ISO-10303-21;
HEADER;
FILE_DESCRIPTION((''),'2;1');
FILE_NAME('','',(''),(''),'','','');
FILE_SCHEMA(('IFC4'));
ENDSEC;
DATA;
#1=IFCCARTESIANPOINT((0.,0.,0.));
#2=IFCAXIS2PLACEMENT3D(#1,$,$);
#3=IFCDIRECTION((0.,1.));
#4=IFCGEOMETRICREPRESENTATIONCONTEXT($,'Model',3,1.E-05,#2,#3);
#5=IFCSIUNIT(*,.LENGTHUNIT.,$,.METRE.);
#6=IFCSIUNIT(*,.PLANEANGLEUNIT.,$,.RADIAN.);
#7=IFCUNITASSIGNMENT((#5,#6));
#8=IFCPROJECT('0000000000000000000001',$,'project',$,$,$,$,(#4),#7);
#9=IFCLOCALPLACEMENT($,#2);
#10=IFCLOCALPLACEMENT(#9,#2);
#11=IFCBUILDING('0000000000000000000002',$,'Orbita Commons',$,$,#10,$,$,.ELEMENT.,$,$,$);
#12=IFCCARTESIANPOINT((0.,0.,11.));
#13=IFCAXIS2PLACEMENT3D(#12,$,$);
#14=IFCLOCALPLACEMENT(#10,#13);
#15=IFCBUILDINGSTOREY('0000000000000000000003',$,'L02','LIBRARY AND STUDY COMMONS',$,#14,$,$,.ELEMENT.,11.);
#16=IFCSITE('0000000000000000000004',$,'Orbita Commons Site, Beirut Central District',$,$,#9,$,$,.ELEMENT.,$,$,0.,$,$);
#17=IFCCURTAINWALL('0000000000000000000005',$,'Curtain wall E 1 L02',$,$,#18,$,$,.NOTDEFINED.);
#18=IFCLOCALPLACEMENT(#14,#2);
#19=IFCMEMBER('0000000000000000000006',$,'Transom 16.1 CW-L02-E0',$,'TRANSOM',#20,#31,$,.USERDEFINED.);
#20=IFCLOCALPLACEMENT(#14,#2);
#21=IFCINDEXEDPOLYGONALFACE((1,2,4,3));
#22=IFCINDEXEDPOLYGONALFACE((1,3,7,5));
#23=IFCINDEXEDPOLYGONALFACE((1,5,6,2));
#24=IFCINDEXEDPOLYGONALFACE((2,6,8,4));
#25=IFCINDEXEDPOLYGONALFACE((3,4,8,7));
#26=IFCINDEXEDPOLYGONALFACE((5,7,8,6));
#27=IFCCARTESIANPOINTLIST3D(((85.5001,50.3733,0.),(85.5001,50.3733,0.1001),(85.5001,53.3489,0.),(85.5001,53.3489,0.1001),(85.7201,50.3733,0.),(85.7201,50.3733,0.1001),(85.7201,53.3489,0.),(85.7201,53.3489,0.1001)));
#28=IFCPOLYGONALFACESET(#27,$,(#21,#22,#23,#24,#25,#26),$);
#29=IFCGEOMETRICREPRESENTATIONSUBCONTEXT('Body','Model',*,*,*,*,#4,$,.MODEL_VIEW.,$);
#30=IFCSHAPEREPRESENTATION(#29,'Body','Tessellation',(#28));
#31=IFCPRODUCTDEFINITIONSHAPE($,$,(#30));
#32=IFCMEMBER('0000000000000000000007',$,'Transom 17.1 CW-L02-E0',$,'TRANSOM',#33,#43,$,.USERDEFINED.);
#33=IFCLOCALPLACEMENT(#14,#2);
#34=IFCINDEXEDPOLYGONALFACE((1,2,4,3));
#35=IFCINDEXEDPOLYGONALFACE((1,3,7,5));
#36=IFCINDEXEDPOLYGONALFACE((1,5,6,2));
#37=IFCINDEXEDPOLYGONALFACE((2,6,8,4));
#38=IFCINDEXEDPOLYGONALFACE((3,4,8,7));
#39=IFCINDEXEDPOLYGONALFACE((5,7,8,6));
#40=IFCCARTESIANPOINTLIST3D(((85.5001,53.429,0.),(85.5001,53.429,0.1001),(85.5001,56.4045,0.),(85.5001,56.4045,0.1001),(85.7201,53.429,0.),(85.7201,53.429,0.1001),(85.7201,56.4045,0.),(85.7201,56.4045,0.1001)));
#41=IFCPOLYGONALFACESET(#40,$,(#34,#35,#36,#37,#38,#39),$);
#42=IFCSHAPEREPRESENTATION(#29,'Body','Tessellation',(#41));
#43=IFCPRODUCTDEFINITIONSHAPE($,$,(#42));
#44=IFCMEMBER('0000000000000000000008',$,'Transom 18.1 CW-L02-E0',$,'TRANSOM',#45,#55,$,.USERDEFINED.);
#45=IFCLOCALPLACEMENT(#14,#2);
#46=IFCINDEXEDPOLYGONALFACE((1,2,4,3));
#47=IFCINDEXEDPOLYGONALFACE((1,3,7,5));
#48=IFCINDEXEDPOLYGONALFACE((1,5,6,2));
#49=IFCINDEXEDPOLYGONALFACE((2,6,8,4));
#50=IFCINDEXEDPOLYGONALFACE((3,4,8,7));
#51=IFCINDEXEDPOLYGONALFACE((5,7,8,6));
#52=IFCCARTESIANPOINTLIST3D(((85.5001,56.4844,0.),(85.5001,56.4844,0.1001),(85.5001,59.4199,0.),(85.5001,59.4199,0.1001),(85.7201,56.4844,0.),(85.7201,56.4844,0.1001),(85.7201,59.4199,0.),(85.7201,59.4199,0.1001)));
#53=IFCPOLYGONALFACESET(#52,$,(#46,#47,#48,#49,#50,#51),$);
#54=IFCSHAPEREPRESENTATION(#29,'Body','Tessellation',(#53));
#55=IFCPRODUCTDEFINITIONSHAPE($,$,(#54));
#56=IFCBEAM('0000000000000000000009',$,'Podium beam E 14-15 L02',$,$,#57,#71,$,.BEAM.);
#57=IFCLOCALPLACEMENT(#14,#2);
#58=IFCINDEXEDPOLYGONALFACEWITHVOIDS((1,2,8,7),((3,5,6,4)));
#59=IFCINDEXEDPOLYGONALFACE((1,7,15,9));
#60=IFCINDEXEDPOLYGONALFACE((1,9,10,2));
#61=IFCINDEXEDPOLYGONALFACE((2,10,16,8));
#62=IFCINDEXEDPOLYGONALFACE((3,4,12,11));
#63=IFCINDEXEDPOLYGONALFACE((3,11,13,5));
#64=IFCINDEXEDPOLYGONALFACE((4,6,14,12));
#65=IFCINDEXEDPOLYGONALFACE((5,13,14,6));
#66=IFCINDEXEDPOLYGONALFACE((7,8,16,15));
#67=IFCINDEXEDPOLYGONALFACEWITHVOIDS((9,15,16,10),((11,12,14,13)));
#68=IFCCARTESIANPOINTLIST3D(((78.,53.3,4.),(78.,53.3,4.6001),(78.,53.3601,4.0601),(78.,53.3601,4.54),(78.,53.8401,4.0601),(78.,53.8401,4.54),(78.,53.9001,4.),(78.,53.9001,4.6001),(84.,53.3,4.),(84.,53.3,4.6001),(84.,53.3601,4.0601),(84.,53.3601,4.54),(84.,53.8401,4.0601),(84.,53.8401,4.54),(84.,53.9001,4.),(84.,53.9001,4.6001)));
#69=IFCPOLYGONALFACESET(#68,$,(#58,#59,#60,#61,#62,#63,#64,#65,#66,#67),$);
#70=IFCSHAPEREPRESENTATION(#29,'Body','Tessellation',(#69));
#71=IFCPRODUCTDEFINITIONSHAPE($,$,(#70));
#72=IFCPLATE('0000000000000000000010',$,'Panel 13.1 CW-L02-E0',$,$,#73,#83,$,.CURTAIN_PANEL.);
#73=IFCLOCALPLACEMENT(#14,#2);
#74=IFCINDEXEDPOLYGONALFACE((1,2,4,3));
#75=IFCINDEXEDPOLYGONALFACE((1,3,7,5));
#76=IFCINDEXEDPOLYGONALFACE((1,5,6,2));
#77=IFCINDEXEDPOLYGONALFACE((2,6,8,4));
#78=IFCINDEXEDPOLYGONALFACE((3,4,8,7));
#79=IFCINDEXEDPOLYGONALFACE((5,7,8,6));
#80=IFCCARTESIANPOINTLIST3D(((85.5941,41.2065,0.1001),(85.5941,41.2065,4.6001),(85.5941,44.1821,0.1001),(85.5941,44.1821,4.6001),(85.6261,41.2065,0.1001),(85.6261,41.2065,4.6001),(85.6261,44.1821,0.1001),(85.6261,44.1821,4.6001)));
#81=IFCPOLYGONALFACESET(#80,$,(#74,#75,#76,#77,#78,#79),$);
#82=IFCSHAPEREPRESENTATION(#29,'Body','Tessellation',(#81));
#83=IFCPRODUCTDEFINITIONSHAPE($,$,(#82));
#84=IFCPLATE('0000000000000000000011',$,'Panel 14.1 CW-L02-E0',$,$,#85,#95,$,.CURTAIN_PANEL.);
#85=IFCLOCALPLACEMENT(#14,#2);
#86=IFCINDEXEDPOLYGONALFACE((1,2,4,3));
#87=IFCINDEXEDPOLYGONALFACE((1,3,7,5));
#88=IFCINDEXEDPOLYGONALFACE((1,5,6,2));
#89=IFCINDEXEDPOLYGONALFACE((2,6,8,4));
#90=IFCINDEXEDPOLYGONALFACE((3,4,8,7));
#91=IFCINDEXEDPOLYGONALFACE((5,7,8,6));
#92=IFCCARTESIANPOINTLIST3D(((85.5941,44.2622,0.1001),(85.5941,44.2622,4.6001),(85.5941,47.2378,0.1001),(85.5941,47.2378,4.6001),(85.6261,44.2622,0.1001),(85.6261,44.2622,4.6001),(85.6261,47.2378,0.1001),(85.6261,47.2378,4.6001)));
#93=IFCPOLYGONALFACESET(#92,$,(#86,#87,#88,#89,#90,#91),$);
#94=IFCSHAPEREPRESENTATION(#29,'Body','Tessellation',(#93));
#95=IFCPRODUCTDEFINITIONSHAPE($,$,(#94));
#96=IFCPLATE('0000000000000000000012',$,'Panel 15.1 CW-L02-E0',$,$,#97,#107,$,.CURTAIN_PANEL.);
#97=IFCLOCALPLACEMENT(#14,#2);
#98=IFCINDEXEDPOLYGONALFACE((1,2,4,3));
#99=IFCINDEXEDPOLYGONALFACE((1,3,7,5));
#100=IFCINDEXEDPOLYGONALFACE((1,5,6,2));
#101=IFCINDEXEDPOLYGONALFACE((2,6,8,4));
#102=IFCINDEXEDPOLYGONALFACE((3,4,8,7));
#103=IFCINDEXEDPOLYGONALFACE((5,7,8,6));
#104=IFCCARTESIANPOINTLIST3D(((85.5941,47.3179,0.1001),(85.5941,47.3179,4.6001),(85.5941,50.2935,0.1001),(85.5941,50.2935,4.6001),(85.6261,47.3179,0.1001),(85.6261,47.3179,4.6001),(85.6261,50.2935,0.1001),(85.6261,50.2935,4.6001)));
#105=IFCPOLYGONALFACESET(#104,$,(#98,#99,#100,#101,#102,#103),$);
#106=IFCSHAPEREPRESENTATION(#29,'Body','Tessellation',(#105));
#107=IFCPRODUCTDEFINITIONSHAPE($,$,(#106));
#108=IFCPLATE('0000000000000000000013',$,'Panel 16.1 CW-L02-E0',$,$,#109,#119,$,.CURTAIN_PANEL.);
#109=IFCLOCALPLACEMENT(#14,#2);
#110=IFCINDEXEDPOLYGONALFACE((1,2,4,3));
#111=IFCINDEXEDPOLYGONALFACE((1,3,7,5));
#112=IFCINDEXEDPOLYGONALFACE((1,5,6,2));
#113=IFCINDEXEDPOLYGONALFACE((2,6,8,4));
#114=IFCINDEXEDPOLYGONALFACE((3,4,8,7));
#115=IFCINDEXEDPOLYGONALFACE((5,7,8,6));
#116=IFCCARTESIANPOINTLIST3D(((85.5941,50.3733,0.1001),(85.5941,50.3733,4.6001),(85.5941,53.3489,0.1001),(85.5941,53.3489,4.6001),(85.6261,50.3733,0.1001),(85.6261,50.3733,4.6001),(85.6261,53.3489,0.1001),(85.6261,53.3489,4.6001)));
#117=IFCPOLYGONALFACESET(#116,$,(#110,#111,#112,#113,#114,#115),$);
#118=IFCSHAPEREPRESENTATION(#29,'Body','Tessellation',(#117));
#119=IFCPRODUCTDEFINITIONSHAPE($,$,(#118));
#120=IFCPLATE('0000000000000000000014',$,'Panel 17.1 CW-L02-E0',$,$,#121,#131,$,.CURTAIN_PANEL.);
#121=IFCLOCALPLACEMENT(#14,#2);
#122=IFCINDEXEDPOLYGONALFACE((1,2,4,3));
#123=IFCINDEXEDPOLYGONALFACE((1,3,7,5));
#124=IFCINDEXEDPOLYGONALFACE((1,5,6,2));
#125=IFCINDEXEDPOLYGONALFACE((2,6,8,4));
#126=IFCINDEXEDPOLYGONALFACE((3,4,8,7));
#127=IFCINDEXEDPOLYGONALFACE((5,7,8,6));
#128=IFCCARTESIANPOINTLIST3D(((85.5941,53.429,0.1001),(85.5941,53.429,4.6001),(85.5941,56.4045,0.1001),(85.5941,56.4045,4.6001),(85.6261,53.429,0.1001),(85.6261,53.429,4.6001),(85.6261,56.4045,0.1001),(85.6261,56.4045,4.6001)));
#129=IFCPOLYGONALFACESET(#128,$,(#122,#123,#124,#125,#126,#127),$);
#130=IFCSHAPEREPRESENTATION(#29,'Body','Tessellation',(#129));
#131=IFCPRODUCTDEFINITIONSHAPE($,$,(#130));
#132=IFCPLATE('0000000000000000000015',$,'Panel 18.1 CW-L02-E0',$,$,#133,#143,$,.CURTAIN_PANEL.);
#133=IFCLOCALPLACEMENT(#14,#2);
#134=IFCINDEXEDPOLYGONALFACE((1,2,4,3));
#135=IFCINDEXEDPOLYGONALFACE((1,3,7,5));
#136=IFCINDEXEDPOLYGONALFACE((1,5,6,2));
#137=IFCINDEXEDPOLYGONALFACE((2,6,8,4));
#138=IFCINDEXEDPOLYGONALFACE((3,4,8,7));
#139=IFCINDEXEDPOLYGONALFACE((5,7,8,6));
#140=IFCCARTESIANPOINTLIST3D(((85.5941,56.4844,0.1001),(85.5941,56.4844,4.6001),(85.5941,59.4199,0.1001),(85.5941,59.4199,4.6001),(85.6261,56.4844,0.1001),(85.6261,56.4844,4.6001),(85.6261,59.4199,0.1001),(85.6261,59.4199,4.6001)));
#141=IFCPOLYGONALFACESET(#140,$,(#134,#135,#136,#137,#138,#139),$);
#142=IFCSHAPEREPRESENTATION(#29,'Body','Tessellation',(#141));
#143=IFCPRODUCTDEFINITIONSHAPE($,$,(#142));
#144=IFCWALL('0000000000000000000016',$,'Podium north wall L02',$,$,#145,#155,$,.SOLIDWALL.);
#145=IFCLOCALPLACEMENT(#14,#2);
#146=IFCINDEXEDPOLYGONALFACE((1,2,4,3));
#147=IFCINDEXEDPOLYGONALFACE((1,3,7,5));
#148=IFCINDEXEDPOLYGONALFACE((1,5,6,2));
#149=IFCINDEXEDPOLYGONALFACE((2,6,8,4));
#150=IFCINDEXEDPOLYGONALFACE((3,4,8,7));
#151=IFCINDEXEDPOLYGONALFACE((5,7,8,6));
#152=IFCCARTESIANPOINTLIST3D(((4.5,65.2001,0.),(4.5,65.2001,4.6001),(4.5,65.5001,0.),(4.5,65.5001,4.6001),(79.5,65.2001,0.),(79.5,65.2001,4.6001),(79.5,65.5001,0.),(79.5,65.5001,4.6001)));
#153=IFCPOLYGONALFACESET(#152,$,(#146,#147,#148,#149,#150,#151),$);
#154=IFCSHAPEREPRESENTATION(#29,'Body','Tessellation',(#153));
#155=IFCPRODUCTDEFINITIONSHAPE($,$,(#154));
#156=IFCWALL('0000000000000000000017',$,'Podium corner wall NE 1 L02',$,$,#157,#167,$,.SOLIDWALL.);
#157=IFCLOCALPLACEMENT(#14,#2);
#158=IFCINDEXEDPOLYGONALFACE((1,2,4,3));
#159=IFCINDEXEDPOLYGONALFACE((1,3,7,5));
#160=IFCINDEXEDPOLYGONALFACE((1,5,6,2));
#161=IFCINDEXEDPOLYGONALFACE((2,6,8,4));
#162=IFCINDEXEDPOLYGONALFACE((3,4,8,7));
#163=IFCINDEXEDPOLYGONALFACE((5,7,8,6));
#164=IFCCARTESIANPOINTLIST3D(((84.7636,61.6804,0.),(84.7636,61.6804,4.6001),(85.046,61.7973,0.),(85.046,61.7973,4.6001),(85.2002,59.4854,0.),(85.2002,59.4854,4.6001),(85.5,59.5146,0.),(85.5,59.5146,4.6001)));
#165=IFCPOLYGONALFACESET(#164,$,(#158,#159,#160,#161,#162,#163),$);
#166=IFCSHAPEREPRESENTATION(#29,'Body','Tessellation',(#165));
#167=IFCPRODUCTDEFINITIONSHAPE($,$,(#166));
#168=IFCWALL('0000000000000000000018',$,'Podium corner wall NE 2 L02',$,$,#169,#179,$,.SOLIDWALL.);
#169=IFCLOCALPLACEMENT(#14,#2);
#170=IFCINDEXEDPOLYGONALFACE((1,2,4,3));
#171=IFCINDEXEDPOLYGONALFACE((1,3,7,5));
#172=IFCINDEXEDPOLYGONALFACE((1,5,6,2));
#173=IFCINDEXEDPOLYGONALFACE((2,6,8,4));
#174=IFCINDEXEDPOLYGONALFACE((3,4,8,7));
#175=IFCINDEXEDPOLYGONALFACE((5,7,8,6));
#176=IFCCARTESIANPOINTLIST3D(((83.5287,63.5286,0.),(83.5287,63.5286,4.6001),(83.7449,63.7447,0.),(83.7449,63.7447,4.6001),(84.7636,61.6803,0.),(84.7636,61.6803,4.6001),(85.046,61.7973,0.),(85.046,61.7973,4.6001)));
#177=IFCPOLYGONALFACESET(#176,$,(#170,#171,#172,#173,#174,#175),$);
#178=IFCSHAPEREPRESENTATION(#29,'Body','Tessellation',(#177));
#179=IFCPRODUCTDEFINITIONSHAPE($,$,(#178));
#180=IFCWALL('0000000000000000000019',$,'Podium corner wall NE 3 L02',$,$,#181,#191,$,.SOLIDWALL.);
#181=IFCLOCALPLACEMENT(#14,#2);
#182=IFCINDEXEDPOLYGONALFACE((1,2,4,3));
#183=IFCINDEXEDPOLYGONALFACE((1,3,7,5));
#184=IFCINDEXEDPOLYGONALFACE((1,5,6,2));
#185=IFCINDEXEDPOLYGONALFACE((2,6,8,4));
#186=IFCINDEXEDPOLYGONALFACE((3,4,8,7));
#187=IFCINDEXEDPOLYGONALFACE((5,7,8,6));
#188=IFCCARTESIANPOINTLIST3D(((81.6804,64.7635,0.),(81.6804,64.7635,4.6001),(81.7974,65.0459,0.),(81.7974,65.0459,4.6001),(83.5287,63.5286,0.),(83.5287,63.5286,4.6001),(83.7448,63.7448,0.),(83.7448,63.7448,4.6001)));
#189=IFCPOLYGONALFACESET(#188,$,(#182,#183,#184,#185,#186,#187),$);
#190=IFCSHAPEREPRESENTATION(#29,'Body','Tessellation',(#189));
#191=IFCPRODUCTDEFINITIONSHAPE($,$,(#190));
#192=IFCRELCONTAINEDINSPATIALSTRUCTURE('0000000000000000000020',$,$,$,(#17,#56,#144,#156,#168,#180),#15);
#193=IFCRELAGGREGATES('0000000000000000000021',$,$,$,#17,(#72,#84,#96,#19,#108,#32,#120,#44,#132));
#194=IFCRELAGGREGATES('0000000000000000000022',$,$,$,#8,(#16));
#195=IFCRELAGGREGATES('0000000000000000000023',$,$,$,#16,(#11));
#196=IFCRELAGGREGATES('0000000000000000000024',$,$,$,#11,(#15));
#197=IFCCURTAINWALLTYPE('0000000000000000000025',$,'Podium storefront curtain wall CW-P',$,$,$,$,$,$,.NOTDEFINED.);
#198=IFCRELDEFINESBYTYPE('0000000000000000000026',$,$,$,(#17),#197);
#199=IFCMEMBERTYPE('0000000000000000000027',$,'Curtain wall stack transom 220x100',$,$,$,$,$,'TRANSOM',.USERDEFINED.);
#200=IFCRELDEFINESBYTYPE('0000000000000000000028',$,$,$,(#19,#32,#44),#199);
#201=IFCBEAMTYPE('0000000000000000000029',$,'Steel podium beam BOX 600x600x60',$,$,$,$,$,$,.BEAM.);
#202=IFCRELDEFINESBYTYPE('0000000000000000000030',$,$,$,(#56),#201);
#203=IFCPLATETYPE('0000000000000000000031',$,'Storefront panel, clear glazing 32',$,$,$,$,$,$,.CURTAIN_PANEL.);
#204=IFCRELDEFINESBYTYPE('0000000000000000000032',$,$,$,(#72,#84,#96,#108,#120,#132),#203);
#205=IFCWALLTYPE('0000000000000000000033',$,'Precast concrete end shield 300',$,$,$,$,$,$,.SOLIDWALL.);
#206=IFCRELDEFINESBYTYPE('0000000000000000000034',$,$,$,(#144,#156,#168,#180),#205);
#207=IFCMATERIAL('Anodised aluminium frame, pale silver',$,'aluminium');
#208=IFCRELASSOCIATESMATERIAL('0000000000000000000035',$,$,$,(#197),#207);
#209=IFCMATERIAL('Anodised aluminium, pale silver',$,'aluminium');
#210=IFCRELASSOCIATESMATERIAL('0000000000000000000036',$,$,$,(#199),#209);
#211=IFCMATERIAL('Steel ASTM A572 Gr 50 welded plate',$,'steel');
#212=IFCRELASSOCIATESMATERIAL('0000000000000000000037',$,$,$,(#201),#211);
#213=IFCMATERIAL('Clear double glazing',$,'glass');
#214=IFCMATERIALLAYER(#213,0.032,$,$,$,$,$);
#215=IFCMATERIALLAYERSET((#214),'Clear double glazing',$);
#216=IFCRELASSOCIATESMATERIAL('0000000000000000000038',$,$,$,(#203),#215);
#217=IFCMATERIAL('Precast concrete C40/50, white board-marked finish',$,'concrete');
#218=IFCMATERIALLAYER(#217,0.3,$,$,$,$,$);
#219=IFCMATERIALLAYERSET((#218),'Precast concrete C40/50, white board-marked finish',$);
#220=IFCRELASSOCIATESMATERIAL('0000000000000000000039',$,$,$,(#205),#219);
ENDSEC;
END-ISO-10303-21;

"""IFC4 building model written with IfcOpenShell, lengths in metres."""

from ifc_helpers import new_model, si_unit, direction, frame, frame_2d, origin, origin_2d, place, context, subcontext, project, spatial, polyline, rectangle, hollow_rectangle, outline, extrude, material, layer, layer_set, material_profile, profile_set, type_object, element, aggregate, save


model = new_model("IFC4")

# Units and contexts
model_context = context("Model", 3, precision=1e-05, world=origin(), true_north=direction((0.0, 1.0)))
body_context = subcontext(model_context, "Body", "Model", "MODEL_VIEW")
ifc_project = project(units=[si_unit("LENGTHUNIT", "METRE"), si_unit("PLANEANGLEUNIT", "RADIAN")], contexts=[model_context])

# Site, building, storey
site_placement = place(None, origin())
site = spatial("IfcSite", under=ifc_project, at=site_placement, Name="Orbita Commons Site, Beirut Central District", CompositionType="ELEMENT", RefElevation=0.0)
building_placement = place(site_placement, origin())
building = spatial("IfcBuilding", under=site, at=building_placement, Name="Orbita Commons", CompositionType="ELEMENT")
storey_placement = place(building_placement, frame((0.0, 0.0, 11.0)))
storey = spatial("IfcBuildingStorey", under=building, at=storey_placement, Name="L02", Description="LIBRARY AND STUDY COMMONS", CompositionType="ELEMENT", Elevation=11.0)

# Curtain wall, members
ifc_material_1 = material(Name="Anodised aluminium frame, pale silver", Category="aluminium")
curtain_wall_type = type_object("IfcCurtainWallType", Name="Podium storefront curtain wall CW-P", PredefinedType="NOTDEFINED", material=ifc_material_1)
curtain_wall_placement = place(storey_placement, origin())
curtain_wall = element("IfcCurtainWall", 1, at=curtain_wall_placement, inside=storey, type_object=curtain_wall_type, Name="Curtain wall E 1 L02", PredefinedType="NOTDEFINED")
ifc_material_2 = material(Name="Anodised aluminium, pale silver", Category="aluminium")
ifc_material_profile_1 = material_profile(ifc_material_2, rectangle(XDim=0.22, YDim=0.1001, at=origin_2d()), Name="AL 220x100")
ifc_profile_set_1 = profile_set([ifc_material_profile_1], Name="Anodised aluminium, pale silver")
member_type_1 = type_object("IfcMemberType", Name="Curtain wall stack transom 220x100", ElementType="TRANSOM", PredefinedType="USERDEFINED", material=ifc_profile_set_1)
member_1_placement = place(storey_placement, frame((85.6101, 50.3733, 0.05), z_axis=(0.0, 1.0, 0.0), x_axis=(-1.0, 0.0, 0.0)))
member_1 = element("IfcMember", 2, at=member_1_placement, type_object=member_type_1, Name="Transom 16.1 CW-L02-E0", ObjectType="TRANSOM", PredefinedType="USERDEFINED", context=body_context, shape_type="SweptSolid", body=[
    extrude(rectangle(XDim=0.22, YDim=0.1001, at=origin_2d()), origin(), (0.0, 0.0, 1.0), 2.9756),
])
member_2_placement = place(storey_placement, frame((85.6101, 53.429, 0.05), z_axis=(0.0, 1.0, 0.0), x_axis=(-1.0, 0.0, 0.0)))
member_2 = element("IfcMember", 3, at=member_2_placement, type_object=member_type_1, Name="Transom 17.1 CW-L02-E0", ObjectType="TRANSOM", PredefinedType="USERDEFINED", context=body_context, shape_type="SweptSolid", body=[
    extrude(rectangle(XDim=0.22, YDim=0.1001, at=origin_2d()), origin(), (0.0, 0.0, 1.0), 2.9756),
])
member_3_placement = place(storey_placement, frame((85.6101, 56.4844, 0.05), z_axis=(0.0, 1.0, 0.0), x_axis=(-1.0, 0.0, 0.0)))
member_3 = element("IfcMember", 4, at=member_3_placement, type_object=member_type_1, Name="Transom 18.1 CW-L02-E0", ObjectType="TRANSOM", PredefinedType="USERDEFINED", context=body_context, shape_type="SweptSolid", body=[
    extrude(rectangle(XDim=0.22, YDim=0.1001, at=origin_2d()), origin(), (0.0, 0.0, 1.0), 2.9355),
])

# Beam
ifc_material_3 = material(Name="Steel ASTM A572 Gr 50 welded plate", Category="steel")
ifc_material_profile_2 = material_profile(ifc_material_3, hollow_rectangle(XDim=0.6001, YDim=0.6001, WallThickness=0.0601, at=origin_2d()), Name="BOX 600x600x60")
ifc_profile_set_2 = profile_set([ifc_material_profile_2], Name="Steel ASTM A572 Gr 50 welded plate")
beam_type = type_object("IfcBeamType", Name="Steel podium beam BOX 600x600x60", PredefinedType="BEAM", material=ifc_profile_set_2)
beam_placement = place(storey_placement, frame((78.0, 53.6001, 4.3), z_axis=(1.0, 0.0, 0.0), x_axis=(0.0, 1.0, 0.0)))
element("IfcBeam", 5, at=beam_placement, inside=storey, type_object=beam_type, Name="Podium beam E 14-15 L02", PredefinedType="BEAM", context=body_context, shape_type="SweptSolid", body=[
    extrude(hollow_rectangle(XDim=0.6001, YDim=0.6001, WallThickness=0.0601, at=origin_2d()), origin(), (0.0, 0.0, 1.0), 6.0),
])

# Plates
ifc_material_4 = material(Name="Clear double glazing", Category="glass")
ifc_layer_1 = layer(ifc_material_4, 0.032)
ifc_layer_set_1 = layer_set([ifc_layer_1], Name="Clear double glazing")
plate_type = type_object("IfcPlateType", Name="Storefront panel, clear glazing 32", PredefinedType="CURTAIN_PANEL", material=ifc_layer_set_1)
plate_1_placement = place(storey_placement, frame((85.6101, 42.6943, 0.1001), z_axis=(0.0, 0.0, 1.0), x_axis=(0.0, 1.0, 0.0)))
plate_1 = element("IfcPlate", 6, at=plate_1_placement, type_object=plate_type, Name="Panel 13.1 CW-L02-E0", PredefinedType="CURTAIN_PANEL", context=body_context, shape_type="SweptSolid", body=[
    extrude(rectangle(XDim=2.9756, YDim=0.032, at=origin_2d()), origin(), (0.0, 0.0, 1.0), 4.5),
])
plate_2_placement = place(storey_placement, frame((85.6101, 45.75, 0.1001), z_axis=(0.0, 0.0, 1.0), x_axis=(0.0, 1.0, 0.0)))
plate_2 = element("IfcPlate", 7, at=plate_2_placement, type_object=plate_type, Name="Panel 14.1 CW-L02-E0", PredefinedType="CURTAIN_PANEL", context=body_context, shape_type="SweptSolid", body=[
    extrude(rectangle(XDim=2.9756, YDim=0.032, at=origin_2d()), origin(), (0.0, 0.0, 1.0), 4.5),
])
plate_3_placement = place(storey_placement, frame((85.6101, 48.8057, 0.1001), z_axis=(0.0, 0.0, 1.0), x_axis=(0.0, 1.0, 0.0)))
plate_3 = element("IfcPlate", 8, at=plate_3_placement, type_object=plate_type, Name="Panel 15.1 CW-L02-E0", PredefinedType="CURTAIN_PANEL", context=body_context, shape_type="SweptSolid", body=[
    extrude(rectangle(XDim=2.9756, YDim=0.032, at=origin_2d()), origin(), (0.0, 0.0, 1.0), 4.5),
])
plate_4_placement = place(storey_placement, frame((85.6101, 51.8611, 0.1001), z_axis=(0.0, 0.0, 1.0), x_axis=(0.0, 1.0, 0.0)))
plate_4 = element("IfcPlate", 9, at=plate_4_placement, type_object=plate_type, Name="Panel 16.1 CW-L02-E0", PredefinedType="CURTAIN_PANEL", context=body_context, shape_type="SweptSolid", body=[
    extrude(rectangle(XDim=2.9756, YDim=0.032, at=origin_2d()), origin(), (0.0, 0.0, 1.0), 4.5),
])
plate_5_placement = place(storey_placement, frame((85.6101, 54.9167, 0.1001), z_axis=(0.0, 0.0, 1.0), x_axis=(0.0, 1.0, 0.0)))
plate_5 = element("IfcPlate", 10, at=plate_5_placement, type_object=plate_type, Name="Panel 17.1 CW-L02-E0", PredefinedType="CURTAIN_PANEL", context=body_context, shape_type="SweptSolid", body=[
    extrude(rectangle(XDim=2.9756, YDim=0.032, at=origin_2d()), origin(), (0.0, 0.0, 1.0), 4.5),
])
plate_6_placement = place(storey_placement, frame((85.6101, 57.9521, 0.1001), z_axis=(0.0, 0.0, 1.0), x_axis=(0.0, 1.0, 0.0)))
plate_6 = element("IfcPlate", 11, at=plate_6_placement, type_object=plate_type, Name="Panel 18.1 CW-L02-E0", PredefinedType="CURTAIN_PANEL", context=body_context, shape_type="SweptSolid", body=[
    extrude(rectangle(XDim=2.9355, YDim=0.032, at=origin_2d()), origin(), (0.0, 0.0, 1.0), 4.5),
])
aggregate(curtain_wall, [plate_1, plate_2, plate_3, member_1, plate_4, member_2, plate_5, member_3, plate_6])

# Walls
ifc_material_5 = material(Name="Precast concrete C40/50, white board-marked finish", Category="concrete")
ifc_layer_2 = layer(ifc_material_5, 0.3)
ifc_layer_set_2 = layer_set([ifc_layer_2], Name="Precast concrete C40/50, white board-marked finish")
wall_type = type_object("IfcWallType", Name="Precast concrete end shield 300", PredefinedType="SOLIDWALL", material=ifc_layer_set_2)
wall_1_placement = place(storey_placement, frame((79.5, 65.3501, 0.0), z_axis=(0.0, 0.0, 1.0), x_axis=(-1.0, 0.0, 0.0)))
element("IfcWall", 12, at=wall_1_placement, inside=storey, type_object=wall_type, Name="Podium north wall L02", PredefinedType="SOLIDWALL", context=body_context, shape_type="SweptSolid", body=[
    extrude(rectangle(XDim=75.0, YDim=0.3, at=frame_2d((37.5, 0.0))), origin(), (0.0, 0.0, 1.0), 4.6001),
])
wall_2_placement = place(storey_placement, frame((85.3501, 59.5, 0.0), z_axis=(0.0, 0.0, 1.0), x_axis=(-0.195088, 0.980786, 0.0)))
element("IfcWall", 13, at=wall_2_placement, inside=storey, type_object=wall_type, Name="Podium corner wall NE 1 L02", PredefinedType="SOLIDWALL", context=body_context, shape_type="SweptSolid", body=[
    extrude(outline(polyline([(-0.0149, -0.1499), (2.3125, -0.1499), (2.2529, 0.1499), (0.0149, 0.1499), (-0.0149, -0.1499)])), origin(), (0.0, 0.0, 1.0), 4.6001),
])
for number, where, z_axis, x_axis, name in (
    (14, (84.9048, 61.7388, 0.0), (0.0, 0.0, 1.0), (-0.555539, 0.83149, 0.0), "Podium corner wall NE 2 L02"),
    (15, (83.6367, 63.6367, 0.0), (0.0, 0.0, 1.0), (-0.83149, 0.555539, 0.0), "Podium corner wall NE 3 L02"),
):
    element("IfcWall", number, at=place(storey_placement, frame(where, z_axis=z_axis, x_axis=x_axis)), inside=storey, type_object=wall_type, Name=name, PredefinedType="SOLIDWALL", context=body_context, shape_type="SweptSolid", body=[
        extrude(outline(polyline([(-0.0298, -0.1499), (2.3123, -0.1499), (2.2527, 0.1499), (0.0298, 0.1499), (-0.0298, -0.1499)])), origin(), (0.0, 0.0, 1.0), 4.6001),
    ])

save(model, "model.ifc")
